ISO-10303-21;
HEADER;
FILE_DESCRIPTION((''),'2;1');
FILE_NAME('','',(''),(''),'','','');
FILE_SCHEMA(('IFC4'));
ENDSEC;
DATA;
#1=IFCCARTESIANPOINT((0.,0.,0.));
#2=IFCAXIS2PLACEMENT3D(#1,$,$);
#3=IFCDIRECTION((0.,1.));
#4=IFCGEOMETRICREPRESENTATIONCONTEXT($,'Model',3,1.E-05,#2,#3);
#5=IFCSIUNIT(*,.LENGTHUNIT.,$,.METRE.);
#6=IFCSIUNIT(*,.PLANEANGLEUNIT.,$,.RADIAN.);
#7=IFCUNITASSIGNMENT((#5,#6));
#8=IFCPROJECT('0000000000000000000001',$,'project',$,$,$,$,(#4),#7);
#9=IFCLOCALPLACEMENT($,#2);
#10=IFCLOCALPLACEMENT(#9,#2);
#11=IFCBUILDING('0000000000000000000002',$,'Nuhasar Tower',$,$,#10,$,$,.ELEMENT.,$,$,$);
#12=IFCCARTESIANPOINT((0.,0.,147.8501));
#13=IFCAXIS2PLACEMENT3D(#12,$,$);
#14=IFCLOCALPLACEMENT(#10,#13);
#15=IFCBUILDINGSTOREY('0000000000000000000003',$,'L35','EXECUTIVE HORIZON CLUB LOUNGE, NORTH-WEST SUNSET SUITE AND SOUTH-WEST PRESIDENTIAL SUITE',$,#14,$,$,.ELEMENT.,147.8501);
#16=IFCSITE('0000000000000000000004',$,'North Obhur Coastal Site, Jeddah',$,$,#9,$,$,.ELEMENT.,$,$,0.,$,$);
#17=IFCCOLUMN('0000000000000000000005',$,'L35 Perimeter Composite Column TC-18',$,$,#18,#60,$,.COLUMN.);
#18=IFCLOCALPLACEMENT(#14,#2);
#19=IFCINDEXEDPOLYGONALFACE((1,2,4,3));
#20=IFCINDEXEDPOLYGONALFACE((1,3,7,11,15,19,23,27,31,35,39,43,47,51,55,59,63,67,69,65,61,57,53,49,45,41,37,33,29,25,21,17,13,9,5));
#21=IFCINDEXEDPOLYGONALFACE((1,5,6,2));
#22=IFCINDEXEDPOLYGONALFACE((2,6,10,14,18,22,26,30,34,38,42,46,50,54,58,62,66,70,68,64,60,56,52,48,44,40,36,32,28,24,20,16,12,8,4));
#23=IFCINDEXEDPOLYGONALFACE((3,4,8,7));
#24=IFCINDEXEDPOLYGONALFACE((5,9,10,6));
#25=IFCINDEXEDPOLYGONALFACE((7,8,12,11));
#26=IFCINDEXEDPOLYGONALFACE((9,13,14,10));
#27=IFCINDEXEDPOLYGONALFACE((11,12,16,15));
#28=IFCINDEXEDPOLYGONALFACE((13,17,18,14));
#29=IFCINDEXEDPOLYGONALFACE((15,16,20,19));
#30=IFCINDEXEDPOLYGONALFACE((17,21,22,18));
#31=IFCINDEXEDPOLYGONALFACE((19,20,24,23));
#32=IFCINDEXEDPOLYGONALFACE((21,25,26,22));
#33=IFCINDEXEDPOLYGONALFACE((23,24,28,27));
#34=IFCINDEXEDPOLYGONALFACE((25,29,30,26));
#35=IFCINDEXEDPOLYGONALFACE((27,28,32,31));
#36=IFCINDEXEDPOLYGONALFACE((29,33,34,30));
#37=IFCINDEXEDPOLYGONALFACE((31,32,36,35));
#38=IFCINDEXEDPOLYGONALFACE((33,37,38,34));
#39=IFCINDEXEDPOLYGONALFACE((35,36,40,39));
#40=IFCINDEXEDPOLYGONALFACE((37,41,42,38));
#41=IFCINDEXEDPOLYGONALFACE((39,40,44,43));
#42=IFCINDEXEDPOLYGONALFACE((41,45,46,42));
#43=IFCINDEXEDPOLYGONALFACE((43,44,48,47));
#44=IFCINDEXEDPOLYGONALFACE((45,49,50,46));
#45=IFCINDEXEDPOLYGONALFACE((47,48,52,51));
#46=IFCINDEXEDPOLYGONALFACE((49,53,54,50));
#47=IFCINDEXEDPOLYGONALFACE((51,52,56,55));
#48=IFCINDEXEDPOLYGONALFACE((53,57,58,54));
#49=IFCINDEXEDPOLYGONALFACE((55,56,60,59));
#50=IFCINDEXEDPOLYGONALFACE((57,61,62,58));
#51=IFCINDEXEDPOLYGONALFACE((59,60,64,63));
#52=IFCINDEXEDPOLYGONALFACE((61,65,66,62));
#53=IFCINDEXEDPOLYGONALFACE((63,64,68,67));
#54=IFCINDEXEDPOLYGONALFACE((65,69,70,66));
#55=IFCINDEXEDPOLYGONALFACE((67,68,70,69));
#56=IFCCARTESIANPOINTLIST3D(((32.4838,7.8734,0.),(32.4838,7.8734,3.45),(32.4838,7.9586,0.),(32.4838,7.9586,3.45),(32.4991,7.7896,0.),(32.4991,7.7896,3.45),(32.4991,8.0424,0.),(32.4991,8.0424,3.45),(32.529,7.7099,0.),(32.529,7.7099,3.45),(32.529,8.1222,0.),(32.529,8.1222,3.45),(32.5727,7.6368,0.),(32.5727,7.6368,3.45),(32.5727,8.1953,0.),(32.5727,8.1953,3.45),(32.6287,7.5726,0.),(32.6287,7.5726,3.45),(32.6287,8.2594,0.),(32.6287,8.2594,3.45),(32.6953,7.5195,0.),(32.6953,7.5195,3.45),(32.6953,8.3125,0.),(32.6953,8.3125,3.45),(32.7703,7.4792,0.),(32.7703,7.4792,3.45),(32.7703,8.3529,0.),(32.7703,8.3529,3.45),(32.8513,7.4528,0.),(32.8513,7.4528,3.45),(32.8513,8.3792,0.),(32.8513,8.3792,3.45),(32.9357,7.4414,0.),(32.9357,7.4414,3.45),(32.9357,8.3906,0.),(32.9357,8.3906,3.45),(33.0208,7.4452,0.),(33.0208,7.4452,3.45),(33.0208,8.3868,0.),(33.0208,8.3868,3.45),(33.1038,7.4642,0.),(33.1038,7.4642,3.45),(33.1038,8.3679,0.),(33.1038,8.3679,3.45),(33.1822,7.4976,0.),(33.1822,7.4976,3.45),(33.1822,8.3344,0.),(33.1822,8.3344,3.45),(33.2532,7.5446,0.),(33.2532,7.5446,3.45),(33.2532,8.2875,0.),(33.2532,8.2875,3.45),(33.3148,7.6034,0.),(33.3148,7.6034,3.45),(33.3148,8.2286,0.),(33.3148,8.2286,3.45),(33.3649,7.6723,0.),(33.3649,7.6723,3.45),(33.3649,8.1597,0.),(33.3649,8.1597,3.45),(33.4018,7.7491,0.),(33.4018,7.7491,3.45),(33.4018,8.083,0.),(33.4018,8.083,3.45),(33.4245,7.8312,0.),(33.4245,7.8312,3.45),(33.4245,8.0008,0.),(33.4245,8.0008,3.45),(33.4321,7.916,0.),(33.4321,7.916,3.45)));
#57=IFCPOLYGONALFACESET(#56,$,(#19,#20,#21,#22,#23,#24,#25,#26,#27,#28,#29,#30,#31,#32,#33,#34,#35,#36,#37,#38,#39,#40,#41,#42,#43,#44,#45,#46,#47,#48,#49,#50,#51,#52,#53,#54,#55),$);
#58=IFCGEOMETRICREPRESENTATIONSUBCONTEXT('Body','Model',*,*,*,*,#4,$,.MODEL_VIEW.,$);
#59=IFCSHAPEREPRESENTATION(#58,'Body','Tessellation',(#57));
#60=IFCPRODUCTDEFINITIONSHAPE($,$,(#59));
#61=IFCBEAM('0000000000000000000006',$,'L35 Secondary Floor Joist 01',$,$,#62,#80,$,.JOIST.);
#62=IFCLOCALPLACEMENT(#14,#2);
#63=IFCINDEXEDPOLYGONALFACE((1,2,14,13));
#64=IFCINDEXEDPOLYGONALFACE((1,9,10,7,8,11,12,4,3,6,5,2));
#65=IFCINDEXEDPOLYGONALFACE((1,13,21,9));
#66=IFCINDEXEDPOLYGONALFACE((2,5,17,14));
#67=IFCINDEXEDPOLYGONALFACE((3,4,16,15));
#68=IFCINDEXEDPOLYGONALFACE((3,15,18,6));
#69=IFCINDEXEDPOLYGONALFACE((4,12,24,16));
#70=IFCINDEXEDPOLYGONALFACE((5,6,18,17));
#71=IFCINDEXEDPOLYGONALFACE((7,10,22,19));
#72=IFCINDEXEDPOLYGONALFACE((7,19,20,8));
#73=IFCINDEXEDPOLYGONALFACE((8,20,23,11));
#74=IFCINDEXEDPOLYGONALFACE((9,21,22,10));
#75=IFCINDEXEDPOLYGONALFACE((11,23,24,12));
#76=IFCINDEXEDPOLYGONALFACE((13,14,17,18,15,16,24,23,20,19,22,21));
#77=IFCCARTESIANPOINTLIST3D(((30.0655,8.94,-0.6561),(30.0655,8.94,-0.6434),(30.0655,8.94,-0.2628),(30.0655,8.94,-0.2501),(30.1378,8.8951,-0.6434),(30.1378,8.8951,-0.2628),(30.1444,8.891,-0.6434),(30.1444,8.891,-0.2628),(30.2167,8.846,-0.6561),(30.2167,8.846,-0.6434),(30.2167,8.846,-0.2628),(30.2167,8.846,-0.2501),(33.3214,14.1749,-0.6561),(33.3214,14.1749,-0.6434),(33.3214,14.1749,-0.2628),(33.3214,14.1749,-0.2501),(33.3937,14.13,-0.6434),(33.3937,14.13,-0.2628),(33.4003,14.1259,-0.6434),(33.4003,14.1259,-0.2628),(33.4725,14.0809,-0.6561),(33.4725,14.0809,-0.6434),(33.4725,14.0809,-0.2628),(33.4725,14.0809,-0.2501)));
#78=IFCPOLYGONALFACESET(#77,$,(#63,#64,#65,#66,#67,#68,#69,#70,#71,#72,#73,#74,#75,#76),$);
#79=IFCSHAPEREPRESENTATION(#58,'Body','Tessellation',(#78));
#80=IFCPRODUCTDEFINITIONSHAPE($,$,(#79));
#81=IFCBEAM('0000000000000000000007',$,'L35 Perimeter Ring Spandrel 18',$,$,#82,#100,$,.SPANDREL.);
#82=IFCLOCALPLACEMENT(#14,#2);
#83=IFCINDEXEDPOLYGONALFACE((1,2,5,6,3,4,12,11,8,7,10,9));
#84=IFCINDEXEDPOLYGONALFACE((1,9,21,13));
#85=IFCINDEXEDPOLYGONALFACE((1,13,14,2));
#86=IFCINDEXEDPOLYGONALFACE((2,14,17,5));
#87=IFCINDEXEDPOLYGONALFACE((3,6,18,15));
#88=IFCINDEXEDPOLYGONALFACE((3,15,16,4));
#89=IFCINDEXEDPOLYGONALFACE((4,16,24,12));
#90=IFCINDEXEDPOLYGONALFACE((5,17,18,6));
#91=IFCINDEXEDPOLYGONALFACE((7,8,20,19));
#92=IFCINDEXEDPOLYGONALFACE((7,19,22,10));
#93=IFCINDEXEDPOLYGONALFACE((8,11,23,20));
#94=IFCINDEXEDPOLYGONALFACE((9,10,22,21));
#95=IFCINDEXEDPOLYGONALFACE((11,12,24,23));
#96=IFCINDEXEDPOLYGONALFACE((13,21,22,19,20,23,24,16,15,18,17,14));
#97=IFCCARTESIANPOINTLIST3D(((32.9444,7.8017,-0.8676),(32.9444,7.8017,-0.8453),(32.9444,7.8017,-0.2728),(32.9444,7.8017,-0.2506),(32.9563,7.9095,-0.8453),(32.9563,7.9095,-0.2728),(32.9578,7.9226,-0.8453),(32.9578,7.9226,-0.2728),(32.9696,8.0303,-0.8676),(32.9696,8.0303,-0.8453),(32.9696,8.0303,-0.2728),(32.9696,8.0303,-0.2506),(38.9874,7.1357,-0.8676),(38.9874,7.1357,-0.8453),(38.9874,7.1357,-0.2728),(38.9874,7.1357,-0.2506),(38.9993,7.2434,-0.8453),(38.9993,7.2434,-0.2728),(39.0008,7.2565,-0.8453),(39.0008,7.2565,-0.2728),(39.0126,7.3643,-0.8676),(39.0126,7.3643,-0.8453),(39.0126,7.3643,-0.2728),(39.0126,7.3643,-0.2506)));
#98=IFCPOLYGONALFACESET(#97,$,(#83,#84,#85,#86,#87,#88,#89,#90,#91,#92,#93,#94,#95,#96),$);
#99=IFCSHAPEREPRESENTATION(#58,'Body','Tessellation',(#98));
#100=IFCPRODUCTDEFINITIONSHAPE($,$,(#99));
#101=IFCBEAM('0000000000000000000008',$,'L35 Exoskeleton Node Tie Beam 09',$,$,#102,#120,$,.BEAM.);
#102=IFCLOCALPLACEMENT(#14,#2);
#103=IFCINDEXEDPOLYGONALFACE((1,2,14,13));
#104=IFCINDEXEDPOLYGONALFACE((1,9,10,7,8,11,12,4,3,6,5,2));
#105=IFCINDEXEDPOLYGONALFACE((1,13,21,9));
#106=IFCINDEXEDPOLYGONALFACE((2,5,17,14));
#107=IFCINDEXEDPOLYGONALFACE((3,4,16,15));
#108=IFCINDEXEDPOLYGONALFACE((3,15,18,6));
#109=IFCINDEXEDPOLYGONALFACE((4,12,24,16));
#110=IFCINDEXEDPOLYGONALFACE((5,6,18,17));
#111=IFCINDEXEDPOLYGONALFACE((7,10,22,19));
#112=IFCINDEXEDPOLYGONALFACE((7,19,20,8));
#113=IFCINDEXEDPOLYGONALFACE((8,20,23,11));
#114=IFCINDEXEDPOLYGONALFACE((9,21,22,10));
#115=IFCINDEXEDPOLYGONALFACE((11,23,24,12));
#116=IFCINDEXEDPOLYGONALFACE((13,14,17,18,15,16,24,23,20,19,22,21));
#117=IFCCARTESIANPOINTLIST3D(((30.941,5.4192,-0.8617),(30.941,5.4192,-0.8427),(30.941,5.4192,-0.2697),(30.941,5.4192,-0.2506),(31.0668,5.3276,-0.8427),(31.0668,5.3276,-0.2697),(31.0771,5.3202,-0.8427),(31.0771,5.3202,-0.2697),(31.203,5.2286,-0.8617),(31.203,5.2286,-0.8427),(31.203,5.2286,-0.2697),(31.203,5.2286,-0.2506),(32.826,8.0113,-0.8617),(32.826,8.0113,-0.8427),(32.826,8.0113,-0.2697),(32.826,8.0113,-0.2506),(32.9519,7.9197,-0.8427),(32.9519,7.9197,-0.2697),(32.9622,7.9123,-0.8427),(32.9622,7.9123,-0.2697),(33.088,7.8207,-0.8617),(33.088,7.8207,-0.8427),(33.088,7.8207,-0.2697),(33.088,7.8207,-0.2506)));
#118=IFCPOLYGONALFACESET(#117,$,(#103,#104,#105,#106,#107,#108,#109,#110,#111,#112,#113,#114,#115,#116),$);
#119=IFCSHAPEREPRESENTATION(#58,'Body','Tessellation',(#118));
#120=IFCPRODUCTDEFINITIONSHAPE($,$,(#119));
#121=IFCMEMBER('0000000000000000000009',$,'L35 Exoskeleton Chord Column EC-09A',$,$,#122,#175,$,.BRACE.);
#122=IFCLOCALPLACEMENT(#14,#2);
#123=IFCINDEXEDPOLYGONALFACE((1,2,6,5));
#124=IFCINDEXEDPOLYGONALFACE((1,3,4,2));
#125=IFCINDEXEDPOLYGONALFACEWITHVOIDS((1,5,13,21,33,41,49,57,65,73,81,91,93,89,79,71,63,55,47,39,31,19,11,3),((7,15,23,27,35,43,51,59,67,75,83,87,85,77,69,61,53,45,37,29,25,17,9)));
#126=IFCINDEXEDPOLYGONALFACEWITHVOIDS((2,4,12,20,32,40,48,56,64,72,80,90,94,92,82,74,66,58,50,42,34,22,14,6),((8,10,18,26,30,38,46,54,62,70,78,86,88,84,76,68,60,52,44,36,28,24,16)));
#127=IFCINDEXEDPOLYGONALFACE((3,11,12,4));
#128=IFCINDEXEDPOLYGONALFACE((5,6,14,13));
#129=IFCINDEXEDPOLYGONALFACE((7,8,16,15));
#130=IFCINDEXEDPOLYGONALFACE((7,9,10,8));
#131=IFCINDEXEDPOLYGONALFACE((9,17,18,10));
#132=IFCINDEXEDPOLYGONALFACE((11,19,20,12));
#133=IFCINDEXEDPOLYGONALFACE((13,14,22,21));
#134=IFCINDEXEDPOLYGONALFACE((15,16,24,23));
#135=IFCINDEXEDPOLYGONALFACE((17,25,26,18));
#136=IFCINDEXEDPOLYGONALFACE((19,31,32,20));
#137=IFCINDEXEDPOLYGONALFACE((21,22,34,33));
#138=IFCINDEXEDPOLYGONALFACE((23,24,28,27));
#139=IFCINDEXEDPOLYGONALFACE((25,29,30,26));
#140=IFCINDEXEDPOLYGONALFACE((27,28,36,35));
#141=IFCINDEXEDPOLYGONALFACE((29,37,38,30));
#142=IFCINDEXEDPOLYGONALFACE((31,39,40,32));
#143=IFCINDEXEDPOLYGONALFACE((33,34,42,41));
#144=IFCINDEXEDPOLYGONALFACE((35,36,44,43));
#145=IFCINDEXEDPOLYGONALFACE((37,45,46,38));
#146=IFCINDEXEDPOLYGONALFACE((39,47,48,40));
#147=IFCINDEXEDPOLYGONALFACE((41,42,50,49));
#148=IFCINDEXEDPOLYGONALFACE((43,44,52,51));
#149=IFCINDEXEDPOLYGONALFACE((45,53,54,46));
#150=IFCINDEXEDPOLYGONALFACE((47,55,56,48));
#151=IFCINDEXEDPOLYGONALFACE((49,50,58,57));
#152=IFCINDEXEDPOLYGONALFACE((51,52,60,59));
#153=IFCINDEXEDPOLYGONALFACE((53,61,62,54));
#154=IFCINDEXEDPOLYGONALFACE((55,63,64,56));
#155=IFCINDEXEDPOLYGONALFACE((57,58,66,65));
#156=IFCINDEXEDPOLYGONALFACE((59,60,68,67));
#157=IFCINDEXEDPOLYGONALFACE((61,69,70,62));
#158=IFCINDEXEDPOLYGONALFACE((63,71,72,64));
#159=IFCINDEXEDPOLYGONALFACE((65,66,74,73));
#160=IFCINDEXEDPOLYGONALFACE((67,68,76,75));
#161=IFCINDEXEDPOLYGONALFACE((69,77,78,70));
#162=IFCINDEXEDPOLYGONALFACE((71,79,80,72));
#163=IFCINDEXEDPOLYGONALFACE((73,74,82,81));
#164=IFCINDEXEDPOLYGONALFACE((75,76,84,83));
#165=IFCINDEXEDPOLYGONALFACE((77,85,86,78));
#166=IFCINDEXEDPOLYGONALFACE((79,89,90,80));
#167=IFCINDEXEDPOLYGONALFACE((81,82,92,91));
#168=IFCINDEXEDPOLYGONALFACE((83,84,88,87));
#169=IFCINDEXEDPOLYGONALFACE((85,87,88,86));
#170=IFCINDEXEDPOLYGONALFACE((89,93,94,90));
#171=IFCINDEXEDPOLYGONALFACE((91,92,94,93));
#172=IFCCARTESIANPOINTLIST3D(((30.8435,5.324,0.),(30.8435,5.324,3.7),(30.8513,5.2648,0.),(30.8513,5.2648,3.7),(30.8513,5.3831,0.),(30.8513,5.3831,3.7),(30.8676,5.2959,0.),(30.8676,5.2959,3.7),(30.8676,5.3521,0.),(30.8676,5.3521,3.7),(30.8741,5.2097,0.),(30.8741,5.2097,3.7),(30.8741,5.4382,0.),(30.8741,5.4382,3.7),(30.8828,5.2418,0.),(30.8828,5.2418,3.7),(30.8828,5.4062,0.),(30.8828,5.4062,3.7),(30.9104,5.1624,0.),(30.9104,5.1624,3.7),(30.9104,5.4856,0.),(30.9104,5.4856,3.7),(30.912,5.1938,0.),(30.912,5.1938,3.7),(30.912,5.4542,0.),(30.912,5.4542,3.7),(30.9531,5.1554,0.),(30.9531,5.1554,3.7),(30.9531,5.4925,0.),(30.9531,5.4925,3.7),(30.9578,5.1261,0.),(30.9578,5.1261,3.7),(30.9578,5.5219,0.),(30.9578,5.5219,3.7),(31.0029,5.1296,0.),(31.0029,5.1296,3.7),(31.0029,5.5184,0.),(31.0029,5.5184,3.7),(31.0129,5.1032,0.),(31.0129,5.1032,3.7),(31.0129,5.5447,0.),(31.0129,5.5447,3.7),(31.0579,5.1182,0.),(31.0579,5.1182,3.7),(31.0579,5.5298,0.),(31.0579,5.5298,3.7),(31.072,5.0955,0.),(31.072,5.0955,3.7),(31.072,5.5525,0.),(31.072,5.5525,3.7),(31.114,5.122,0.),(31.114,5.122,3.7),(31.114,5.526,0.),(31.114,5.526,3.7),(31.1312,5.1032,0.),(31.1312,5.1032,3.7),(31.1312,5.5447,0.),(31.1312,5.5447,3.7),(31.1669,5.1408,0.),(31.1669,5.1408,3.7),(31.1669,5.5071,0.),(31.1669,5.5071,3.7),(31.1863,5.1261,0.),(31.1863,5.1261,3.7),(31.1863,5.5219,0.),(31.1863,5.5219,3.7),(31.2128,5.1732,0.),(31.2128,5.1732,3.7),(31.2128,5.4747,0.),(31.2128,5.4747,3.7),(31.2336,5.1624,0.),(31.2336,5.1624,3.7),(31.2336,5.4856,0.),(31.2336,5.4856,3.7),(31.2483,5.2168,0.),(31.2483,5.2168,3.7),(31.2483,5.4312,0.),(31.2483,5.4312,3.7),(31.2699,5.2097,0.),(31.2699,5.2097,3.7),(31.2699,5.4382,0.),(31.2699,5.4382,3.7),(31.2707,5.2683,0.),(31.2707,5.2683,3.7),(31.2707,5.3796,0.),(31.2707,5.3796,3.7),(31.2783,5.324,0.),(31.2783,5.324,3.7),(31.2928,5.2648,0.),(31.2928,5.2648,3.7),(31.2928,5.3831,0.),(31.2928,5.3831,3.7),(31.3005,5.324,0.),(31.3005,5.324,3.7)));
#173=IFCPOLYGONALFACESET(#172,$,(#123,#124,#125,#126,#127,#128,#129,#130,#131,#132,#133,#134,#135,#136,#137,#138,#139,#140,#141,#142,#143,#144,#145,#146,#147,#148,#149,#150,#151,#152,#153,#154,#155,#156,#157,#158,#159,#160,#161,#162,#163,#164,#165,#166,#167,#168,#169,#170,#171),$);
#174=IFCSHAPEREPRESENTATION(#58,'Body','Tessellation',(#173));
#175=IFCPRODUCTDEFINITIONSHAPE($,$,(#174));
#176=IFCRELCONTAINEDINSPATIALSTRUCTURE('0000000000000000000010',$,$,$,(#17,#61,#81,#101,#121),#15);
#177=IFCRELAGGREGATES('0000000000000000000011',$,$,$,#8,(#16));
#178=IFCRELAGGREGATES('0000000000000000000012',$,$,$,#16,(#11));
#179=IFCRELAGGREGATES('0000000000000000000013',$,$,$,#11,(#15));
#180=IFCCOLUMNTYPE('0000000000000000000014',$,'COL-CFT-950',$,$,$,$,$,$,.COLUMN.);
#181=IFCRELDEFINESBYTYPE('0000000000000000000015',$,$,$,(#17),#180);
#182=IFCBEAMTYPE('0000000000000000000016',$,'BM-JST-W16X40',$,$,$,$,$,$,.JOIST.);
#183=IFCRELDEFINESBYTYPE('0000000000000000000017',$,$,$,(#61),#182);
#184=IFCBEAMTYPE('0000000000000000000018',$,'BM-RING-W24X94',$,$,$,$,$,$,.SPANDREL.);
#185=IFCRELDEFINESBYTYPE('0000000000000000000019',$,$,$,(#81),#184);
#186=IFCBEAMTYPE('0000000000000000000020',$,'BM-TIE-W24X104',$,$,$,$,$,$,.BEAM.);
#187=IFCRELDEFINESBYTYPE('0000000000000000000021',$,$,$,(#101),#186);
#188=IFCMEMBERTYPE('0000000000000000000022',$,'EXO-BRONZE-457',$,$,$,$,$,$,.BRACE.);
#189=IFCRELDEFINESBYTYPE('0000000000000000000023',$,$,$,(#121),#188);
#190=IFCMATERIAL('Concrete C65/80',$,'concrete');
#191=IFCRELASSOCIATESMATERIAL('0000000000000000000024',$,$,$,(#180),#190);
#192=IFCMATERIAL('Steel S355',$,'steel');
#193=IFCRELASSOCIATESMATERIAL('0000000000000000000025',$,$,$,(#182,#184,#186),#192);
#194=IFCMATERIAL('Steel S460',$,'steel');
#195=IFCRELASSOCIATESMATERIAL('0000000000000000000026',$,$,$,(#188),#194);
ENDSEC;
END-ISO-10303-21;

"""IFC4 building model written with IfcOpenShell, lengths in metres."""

from ifc_helpers import new_model, si_unit, direction, frame, origin, origin_2d, place, context, subcontext, project, spatial, circle, hollow_circle, i_section, extrude, material, material_profile, profile_set, type_object, element, save


model = new_model("IFC4")

# Units and contexts
model_context = context("Model", 3, precision=1e-05, world=origin(), true_north=direction((0.0, 1.0)))
body_context = subcontext(model_context, "Body", "Model", "MODEL_VIEW")
ifc_project = project(units=[si_unit("LENGTHUNIT", "METRE"), si_unit("PLANEANGLEUNIT", "RADIAN")], contexts=[model_context])

# Site, building, storey
site_placement = place(None, origin())
site = spatial("IfcSite", under=ifc_project, at=site_placement, Name="North Obhur Coastal Site, Jeddah", CompositionType="ELEMENT", RefElevation=0.0)
building_placement = place(site_placement, origin())
building = spatial("IfcBuilding", under=site, at=building_placement, Name="Nuhasar Tower", CompositionType="ELEMENT")
storey_placement = place(building_placement, frame((0.0, 0.0, 147.8501)))
storey = spatial("IfcBuildingStorey", under=building, at=storey_placement, Name="L35", Description="EXECUTIVE HORIZON CLUB LOUNGE, NORTH-WEST SUNSET SUITE AND SOUTH-WEST PRESIDENTIAL SUITE", CompositionType="ELEMENT", Elevation=147.8501)

# Column
ifc_material_1 = material(Name="Concrete C65/80", Category="concrete")
ifc_material_profile_1 = material_profile(ifc_material_1, circle(Radius=0.4751, at=origin_2d()), Name="CFT950")
ifc_profile_set_1 = profile_set([ifc_material_profile_1], Name="Concrete C65/80")
column_type = type_object("IfcColumnType", Name="COL-CFT-950", PredefinedType="COLUMN", material=ifc_profile_set_1)
column_placement = place(storey_placement, frame((32.957, 7.916, 0.0), z_axis=(0.0, 0.0, 1.0), x_axis=(1.0, 0.0, 0.0)))
element("IfcColumn", 1, at=column_placement, inside=storey, type_object=column_type, Name="L35 Perimeter Composite Column TC-18", PredefinedType="COLUMN", context=body_context, shape_type="SweptSolid", body=[
    extrude(circle(Radius=0.4751, at=origin_2d()), origin(), (0.0, 0.0, 1.0), 3.45),
])

# Beams
ifc_material_2 = material(Name="Steel S355", Category="steel")
ifc_material_profile_2 = material_profile(ifc_material_2, i_section(OverallWidth=0.178, OverallDepth=0.406, WebThickness=0.0078, FlangeThickness=0.0127, at=origin_2d()), Name="W16X40")
ifc_profile_set_2 = profile_set([ifc_material_profile_2], Name="Steel S355")
beam_type_1 = type_object("IfcBeamType", Name="BM-JST-W16X40", PredefinedType="JOIST", material=ifc_profile_set_2)
beam_1_placement = place(storey_placement, frame((33.397, 14.1279, -0.4531), z_axis=(-0.528139, -0.849158, 0.0), x_axis=(0.849158, -0.528139, 0.0)))
element("IfcBeam", 2, at=beam_1_placement, inside=storey, type_object=beam_type_1, Name="L35 Secondary Floor Joist 01", PredefinedType="JOIST", context=body_context, shape_type="SweptSolid", body=[
    extrude(i_section(OverallWidth=0.178, OverallDepth=0.406, WebThickness=0.0078, FlangeThickness=0.0127, at=origin_2d()), origin(), (0.0, 0.0, 1.0), 6.1648),
])
ifc_material_profile_3 = material_profile(ifc_material_2, i_section(OverallWidth=0.23, OverallDepth=0.6169, WebThickness=0.0132, FlangeThickness=0.0222, at=origin_2d()), Name="W24X94")
ifc_profile_set_3 = profile_set([ifc_material_profile_3], Name="Steel S355")
beam_type_2 = type_object("IfcBeamType", Name="BM-RING-W24X94", PredefinedType="SPANDREL", material=ifc_profile_set_3)
beam_2_placement = place(storey_placement, frame((32.957, 7.916, -0.5591), z_axis=(0.993981, -0.10955, 0.0), x_axis=(0.10955, 0.993981, 0.0)))
element("IfcBeam", 3, at=beam_2_placement, inside=storey, type_object=beam_type_2, Name="L35 Perimeter Ring Spandrel 18", PredefinedType="SPANDREL", context=body_context, shape_type="SweptSolid", body=[
    extrude(i_section(OverallWidth=0.23, OverallDepth=0.6169, WebThickness=0.0132, FlangeThickness=0.0222, at=origin_2d()), origin(), (0.0, 0.0, 1.0), 6.0796),
])
ifc_material_profile_4 = material_profile(ifc_material_2, i_section(OverallWidth=0.324, OverallDepth=0.6111, WebThickness=0.0127, FlangeThickness=0.019, at=origin_2d()), Name="W24X104")
ifc_profile_set_4 = profile_set([ifc_material_profile_4], Name="Steel S355")
beam_type_3 = type_object("IfcBeamType", Name="BM-TIE-W24X104", PredefinedType="BEAM", material=ifc_profile_set_4)
beam_3_placement = place(storey_placement, frame((32.957, 7.916, -0.5562), z_axis=(-0.588149, -0.808753, 0.0), x_axis=(0.808753, -0.588149, 0.0)))
element("IfcBeam", 4, at=beam_3_placement, inside=storey, type_object=beam_type_3, Name="L35 Exoskeleton Node Tie Beam 09", PredefinedType="BEAM", context=body_context, shape_type="SweptSolid", body=[
    extrude(i_section(OverallWidth=0.324, OverallDepth=0.6111, WebThickness=0.0127, FlangeThickness=0.019, at=origin_2d()), origin(), (0.0, 0.0, 1.0), 3.2051),
])

# Member
ifc_material_3 = material(Name="Steel S460", Category="steel")
ifc_material_profile_5 = material_profile(ifc_material_3, hollow_circle(Radius=0.2285, WallThickness=0.0222, at=origin_2d()), Name="HSS457X22.2")
ifc_profile_set_5 = profile_set([ifc_material_profile_5], Name="Steel S460")
member_type = type_object("IfcMemberType", Name="EXO-BRONZE-457", PredefinedType="BRACE", material=ifc_profile_set_5)
for number, where, z_axis, x_axis, name in (
    (5, (31.072, 5.324, 0.0), (0.0, 0.0, 1.0), (1.0, 0.0, 0.0), "L35 Exoskeleton Chord Column EC-09A"),
):
    element("IfcMember", number, at=place(storey_placement, frame(where, z_axis=z_axis, x_axis=x_axis)), inside=storey, type_object=member_type, Name=name, PredefinedType="BRACE", context=body_context, shape_type="SweptSolid", body=[
        extrude(hollow_circle(Radius=0.2285, WallThickness=0.0222, at=origin_2d()), origin(), (0.0, 0.0, 1.0), 3.7),
    ])

save(model, "model.ifc")
